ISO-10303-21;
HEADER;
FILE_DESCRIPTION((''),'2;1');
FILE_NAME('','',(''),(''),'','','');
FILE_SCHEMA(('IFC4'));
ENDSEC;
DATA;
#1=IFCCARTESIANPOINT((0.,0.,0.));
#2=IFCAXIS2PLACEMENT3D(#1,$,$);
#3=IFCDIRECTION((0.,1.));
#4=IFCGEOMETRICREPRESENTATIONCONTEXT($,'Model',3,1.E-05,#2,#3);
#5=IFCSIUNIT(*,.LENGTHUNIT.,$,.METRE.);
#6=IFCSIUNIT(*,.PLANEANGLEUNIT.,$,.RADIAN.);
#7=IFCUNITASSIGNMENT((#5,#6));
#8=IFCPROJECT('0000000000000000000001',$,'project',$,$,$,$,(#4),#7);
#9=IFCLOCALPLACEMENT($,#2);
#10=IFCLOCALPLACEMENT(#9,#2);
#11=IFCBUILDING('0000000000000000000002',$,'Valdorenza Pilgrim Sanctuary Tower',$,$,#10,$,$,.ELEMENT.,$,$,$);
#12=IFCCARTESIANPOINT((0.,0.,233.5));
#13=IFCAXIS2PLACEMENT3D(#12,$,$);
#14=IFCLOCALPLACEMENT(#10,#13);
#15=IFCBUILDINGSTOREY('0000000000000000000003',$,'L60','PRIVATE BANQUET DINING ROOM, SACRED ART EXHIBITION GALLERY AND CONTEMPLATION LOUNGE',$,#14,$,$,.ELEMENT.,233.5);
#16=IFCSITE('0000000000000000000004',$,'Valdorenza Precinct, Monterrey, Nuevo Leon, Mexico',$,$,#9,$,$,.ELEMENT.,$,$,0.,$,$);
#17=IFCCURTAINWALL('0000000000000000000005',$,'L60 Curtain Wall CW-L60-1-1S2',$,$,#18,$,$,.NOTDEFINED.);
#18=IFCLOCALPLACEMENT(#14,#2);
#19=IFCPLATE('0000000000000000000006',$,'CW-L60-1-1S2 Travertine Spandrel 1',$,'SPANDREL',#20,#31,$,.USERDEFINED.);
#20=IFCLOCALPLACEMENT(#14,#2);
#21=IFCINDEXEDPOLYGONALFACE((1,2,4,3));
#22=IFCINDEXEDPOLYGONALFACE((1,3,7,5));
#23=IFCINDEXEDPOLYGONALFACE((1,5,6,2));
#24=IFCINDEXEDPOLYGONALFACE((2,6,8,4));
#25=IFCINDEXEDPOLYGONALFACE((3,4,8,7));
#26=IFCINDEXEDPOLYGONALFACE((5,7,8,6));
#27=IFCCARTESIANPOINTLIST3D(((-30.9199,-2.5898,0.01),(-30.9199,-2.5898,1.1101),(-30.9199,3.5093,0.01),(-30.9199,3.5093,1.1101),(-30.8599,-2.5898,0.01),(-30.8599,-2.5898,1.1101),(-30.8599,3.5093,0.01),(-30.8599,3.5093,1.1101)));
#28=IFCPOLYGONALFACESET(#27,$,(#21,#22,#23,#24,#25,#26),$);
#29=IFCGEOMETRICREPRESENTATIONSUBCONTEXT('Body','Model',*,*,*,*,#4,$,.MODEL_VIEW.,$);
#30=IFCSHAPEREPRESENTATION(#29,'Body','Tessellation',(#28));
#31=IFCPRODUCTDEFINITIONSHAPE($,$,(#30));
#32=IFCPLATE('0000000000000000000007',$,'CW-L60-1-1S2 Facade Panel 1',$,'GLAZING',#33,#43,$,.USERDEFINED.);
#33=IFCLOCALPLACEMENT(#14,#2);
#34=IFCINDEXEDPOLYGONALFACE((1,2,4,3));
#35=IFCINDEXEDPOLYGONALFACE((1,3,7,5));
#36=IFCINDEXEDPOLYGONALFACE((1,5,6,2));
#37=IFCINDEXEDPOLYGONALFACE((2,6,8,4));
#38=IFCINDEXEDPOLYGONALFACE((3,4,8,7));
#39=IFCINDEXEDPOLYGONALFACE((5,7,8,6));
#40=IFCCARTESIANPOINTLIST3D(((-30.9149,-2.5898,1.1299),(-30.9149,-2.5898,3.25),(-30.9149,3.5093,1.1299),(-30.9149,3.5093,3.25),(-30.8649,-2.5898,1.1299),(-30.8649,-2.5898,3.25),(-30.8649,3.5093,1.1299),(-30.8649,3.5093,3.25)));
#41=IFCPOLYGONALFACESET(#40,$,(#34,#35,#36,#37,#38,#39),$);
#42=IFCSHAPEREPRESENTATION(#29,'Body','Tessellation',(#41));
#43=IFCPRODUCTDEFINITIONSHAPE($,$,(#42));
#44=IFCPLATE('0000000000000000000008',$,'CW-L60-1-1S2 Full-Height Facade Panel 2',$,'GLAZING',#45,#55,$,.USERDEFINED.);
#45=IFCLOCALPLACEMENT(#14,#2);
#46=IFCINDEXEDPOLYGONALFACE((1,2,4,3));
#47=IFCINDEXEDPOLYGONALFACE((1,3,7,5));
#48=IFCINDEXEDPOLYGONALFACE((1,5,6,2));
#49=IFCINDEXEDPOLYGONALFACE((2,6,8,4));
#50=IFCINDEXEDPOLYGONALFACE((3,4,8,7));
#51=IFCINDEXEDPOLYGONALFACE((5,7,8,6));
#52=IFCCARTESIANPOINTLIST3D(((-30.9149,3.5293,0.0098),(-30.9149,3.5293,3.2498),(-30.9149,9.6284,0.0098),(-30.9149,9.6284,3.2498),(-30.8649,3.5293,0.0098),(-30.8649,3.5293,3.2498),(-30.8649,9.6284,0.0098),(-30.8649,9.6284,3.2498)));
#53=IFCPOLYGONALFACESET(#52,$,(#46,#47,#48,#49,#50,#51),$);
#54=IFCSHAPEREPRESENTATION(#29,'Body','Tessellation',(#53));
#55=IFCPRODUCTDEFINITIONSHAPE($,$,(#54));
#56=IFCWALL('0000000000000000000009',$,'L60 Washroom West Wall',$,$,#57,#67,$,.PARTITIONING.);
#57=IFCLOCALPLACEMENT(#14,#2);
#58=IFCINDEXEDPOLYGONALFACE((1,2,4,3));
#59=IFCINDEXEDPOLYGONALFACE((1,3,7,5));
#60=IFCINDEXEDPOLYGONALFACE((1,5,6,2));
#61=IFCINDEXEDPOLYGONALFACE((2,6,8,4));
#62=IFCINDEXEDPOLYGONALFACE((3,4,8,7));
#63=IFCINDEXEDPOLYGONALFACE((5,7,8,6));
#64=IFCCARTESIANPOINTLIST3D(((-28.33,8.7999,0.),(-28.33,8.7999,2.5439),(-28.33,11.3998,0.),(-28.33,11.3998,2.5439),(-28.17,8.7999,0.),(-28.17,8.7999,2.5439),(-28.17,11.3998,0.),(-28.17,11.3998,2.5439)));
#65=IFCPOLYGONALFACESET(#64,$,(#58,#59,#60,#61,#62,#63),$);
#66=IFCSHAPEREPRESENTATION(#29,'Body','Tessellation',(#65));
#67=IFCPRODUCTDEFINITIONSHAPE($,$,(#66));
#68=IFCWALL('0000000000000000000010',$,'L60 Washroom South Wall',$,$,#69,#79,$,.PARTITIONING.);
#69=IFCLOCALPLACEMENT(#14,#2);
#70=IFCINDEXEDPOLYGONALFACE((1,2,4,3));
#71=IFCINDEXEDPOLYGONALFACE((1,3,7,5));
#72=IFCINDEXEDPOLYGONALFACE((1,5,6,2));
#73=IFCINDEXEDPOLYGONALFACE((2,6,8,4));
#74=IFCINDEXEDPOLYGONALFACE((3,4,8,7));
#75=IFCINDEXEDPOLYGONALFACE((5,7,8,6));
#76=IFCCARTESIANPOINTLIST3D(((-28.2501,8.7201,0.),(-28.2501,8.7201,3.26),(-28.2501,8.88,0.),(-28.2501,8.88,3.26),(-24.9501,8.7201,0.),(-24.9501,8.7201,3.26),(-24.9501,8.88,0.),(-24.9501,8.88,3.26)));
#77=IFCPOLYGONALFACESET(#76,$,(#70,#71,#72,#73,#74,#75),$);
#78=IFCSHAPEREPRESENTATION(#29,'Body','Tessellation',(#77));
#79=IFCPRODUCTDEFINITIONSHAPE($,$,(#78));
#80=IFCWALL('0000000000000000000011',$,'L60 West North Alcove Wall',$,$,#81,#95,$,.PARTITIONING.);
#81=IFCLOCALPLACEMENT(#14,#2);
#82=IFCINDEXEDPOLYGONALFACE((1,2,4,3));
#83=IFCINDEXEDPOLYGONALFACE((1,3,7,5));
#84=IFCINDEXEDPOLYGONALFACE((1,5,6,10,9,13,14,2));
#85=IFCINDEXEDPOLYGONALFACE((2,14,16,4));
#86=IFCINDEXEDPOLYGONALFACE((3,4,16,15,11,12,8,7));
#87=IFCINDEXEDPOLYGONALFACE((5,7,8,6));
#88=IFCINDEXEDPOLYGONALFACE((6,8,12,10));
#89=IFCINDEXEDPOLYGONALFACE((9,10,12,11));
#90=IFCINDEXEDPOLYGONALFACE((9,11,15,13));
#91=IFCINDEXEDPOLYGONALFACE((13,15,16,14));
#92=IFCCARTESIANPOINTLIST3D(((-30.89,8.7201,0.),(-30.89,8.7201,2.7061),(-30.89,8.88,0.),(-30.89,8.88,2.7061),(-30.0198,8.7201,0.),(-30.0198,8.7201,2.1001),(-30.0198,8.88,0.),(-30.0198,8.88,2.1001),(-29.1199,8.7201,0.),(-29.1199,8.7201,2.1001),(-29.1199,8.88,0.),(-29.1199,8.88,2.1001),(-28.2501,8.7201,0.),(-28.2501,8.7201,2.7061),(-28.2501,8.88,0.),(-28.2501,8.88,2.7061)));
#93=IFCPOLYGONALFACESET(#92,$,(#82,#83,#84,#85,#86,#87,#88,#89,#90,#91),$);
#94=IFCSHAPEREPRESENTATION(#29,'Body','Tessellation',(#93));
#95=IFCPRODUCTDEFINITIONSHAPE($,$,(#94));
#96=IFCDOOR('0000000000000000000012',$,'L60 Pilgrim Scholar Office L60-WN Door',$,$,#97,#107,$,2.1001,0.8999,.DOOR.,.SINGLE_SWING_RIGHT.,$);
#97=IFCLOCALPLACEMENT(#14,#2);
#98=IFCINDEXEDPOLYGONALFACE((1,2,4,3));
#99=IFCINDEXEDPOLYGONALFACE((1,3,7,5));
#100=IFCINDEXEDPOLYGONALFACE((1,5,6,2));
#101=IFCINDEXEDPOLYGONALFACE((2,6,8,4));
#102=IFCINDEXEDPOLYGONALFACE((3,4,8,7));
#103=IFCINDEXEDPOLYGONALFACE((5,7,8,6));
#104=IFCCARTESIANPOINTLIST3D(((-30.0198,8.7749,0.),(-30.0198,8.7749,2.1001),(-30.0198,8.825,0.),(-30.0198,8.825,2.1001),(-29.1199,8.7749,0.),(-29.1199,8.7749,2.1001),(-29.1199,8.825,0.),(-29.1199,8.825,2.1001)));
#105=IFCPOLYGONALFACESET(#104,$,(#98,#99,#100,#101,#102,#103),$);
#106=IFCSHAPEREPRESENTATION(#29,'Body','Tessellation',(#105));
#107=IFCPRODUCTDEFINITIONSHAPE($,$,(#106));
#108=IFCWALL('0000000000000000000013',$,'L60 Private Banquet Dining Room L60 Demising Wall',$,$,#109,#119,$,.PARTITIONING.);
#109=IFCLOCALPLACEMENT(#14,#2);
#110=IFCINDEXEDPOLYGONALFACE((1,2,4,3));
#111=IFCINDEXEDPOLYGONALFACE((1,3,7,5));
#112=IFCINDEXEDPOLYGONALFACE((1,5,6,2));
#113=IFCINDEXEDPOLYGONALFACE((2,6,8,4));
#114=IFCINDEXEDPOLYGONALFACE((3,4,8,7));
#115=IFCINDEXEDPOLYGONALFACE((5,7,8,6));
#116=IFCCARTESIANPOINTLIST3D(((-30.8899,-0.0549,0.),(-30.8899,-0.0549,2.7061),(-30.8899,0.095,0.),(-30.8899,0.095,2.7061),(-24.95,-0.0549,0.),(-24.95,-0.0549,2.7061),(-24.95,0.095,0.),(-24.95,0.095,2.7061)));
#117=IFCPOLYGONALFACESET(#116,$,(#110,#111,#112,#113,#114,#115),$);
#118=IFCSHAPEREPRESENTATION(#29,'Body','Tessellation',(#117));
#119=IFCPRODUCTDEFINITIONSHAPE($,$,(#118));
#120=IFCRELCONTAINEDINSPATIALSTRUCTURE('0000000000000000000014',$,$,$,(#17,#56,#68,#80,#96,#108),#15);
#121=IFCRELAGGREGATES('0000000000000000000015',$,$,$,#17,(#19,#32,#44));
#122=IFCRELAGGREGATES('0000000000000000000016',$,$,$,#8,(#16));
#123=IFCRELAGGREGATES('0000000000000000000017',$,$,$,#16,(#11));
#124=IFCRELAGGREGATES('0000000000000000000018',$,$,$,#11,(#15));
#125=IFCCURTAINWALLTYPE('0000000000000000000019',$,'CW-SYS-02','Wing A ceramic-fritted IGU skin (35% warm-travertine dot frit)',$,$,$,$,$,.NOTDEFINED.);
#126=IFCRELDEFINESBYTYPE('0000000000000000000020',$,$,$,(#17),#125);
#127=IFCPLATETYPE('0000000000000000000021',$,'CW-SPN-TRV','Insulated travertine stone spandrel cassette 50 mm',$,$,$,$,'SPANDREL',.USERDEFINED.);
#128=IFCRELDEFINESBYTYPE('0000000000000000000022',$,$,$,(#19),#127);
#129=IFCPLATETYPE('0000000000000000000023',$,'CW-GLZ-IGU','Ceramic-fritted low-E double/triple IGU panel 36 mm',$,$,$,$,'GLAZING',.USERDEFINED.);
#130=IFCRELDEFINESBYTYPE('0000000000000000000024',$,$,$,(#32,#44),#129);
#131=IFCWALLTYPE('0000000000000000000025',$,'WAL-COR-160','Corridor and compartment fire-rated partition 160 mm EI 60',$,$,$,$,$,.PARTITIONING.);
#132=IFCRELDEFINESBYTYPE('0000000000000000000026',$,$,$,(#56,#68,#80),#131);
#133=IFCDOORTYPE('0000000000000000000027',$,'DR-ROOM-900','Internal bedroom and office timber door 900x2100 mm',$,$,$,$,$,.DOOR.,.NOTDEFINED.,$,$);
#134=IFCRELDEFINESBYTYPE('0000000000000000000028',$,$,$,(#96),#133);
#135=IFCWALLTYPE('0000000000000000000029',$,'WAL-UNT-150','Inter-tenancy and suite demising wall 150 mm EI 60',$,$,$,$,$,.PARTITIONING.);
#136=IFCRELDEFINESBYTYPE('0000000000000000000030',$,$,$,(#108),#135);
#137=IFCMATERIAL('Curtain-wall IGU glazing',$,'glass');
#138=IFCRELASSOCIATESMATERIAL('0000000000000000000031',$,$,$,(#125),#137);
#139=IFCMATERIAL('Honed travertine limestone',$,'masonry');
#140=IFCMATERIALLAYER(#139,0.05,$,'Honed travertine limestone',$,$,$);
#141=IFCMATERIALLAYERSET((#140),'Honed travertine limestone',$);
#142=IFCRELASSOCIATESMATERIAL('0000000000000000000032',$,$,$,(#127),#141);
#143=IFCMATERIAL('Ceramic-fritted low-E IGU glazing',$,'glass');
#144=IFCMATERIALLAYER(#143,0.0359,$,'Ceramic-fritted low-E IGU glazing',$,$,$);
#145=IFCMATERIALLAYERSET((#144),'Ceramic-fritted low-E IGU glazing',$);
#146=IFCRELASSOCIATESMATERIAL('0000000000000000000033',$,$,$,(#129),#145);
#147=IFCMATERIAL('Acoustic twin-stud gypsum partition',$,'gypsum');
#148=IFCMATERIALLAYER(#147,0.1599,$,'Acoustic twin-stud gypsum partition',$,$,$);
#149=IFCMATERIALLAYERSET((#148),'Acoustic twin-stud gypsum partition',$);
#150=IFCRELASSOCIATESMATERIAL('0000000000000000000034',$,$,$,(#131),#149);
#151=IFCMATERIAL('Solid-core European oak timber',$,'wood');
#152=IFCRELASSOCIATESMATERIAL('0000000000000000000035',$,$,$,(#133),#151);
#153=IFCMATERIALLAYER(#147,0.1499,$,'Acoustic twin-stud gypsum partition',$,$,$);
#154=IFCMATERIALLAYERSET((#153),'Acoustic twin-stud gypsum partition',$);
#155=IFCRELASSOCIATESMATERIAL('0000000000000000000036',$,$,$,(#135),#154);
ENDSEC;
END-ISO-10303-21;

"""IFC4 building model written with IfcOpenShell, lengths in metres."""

from ifc_helpers import new_model, si_unit, direction, frame, frame_2d, origin, origin_2d, place, context, subcontext, project, spatial, rectangle, extrude, source, transform, mapped, material, layer, layer_set, type_object, element, fill, aggregate, save


model = new_model("IFC4")

# Units and contexts
model_context = context("Model", 3, precision=1e-05, world=origin(), true_north=direction((0.0, 1.0)))
body_context = subcontext(model_context, "Body", "Model", "MODEL_VIEW")
ifc_project = project(units=[si_unit("LENGTHUNIT", "METRE"), si_unit("PLANEANGLEUNIT", "RADIAN")], contexts=[model_context])

# Site, building, storey
site_placement = place(None, origin())
site = spatial("IfcSite", under=ifc_project, at=site_placement, Name="Valdorenza Precinct, Monterrey, Nuevo Leon, Mexico", CompositionType="ELEMENT", RefElevation=0.0)
building_placement = place(site_placement, origin())
building = spatial("IfcBuilding", under=site, at=building_placement, Name="Valdorenza Pilgrim Sanctuary Tower", CompositionType="ELEMENT")
storey_placement = place(building_placement, frame((0.0, 0.0, 233.5)))
storey = spatial("IfcBuildingStorey", under=building, at=storey_placement, Name="L60", Description="PRIVATE BANQUET DINING ROOM, SACRED ART EXHIBITION GALLERY AND CONTEMPLATION LOUNGE", CompositionType="ELEMENT", Elevation=233.5)

# Curtain wall, plates
ifc_material_1 = material(Name="Curtain-wall IGU glazing", Category="glass")
curtain_wall_type = type_object("IfcCurtainWallType", Name="CW-SYS-02", Description="Wing A ceramic-fritted IGU skin (35% warm-travertine dot frit)", PredefinedType="NOTDEFINED", material=ifc_material_1)
curtain_wall_placement = place(storey_placement, origin())
curtain_wall = element("IfcCurtainWall", 1, at=curtain_wall_placement, inside=storey, type_object=curtain_wall_type, Name="L60 Curtain Wall CW-L60-1-1S2", PredefinedType="NOTDEFINED")
ifc_material_2 = material(Name="Honed travertine limestone", Category="masonry")
ifc_layer_1 = layer(ifc_material_2, 0.05, Name="Honed travertine limestone")
ifc_layer_set_1 = layer_set([ifc_layer_1], Name="Honed travertine limestone")
plate_type_1 = type_object("IfcPlateType", Name="CW-SPN-TRV", Description="Insulated travertine stone spandrel cassette 50 mm", ElementType="SPANDREL", PredefinedType="USERDEFINED", material=ifc_layer_set_1)
shared_shape_1 = source(origin(), body_context, "Body", "SweptSolid", [
    extrude(rectangle(XDim=6.0991, YDim=0.0601, at=origin_2d()), origin(), (0.0, 0.0, 1.0), 1.1001),
])
plate_1_placement = place(storey_placement, frame((-30.8899, 0.4597, 0.01), z_axis=(0.0, 0.0, 1.0), x_axis=(0.0, 1.0, 0.0)))
plate_1 = element("IfcPlate", 2, at=plate_1_placement, type_object=plate_type_1, Name="CW-L60-1-1S2 Travertine Spandrel 1", ObjectType="SPANDREL", PredefinedType="USERDEFINED", context=body_context, shape_type="MappedRepresentation", body=[
    mapped(shared_shape_1, transform((0.0, 0.0, 0.0), x_axis=(1.0, 0.0, 0.0), y_axis=(0.0, 1.0, 0.0), z_axis=(0.0, 0.0, 1.0), scale=1.0)),
])
ifc_material_3 = material(Name="Ceramic-fritted low-E IGU glazing", Category="glass")
ifc_layer_2 = layer(ifc_material_3, 0.0359, Name="Ceramic-fritted low-E IGU glazing")
ifc_layer_set_2 = layer_set([ifc_layer_2], Name="Ceramic-fritted low-E IGU glazing")
plate_type_2 = type_object("IfcPlateType", Name="CW-GLZ-IGU", Description="Ceramic-fritted low-E double/triple IGU panel 36 mm", ElementType="GLAZING", PredefinedType="USERDEFINED", material=ifc_layer_set_2)
shared_shape_2 = source(origin(), body_context, "Body", "SweptSolid", [
    extrude(rectangle(XDim=6.0991, YDim=0.05, at=origin_2d()), origin(), (0.0, 0.0, 1.0), 2.1201),
])
plate_2_placement = place(storey_placement, frame((-30.8899, 0.4597, 1.1299), z_axis=(0.0, 0.0, 1.0), x_axis=(0.0, 1.0, 0.0)))
plate_2 = element("IfcPlate", 3, at=plate_2_placement, type_object=plate_type_2, Name="CW-L60-1-1S2 Facade Panel 1", ObjectType="GLAZING", PredefinedType="USERDEFINED", context=body_context, shape_type="MappedRepresentation", body=[
    mapped(shared_shape_2, transform((0.0, 0.0, 0.0), x_axis=(1.0, 0.0, 0.0), y_axis=(0.0, 1.0, 0.0), z_axis=(0.0, 0.0, 1.0), scale=1.0)),
])
shared_shape_3 = source(origin(), body_context, "Body", "SweptSolid", [
    extrude(rectangle(XDim=6.0991, YDim=0.05, at=origin_2d()), origin(), (0.0, 0.0, 1.0), 3.24),
])
plate_3_placement = place(storey_placement, frame((-30.8899, 6.5789, 0.0098), z_axis=(0.0, 0.0, 1.0), x_axis=(0.0, 1.0, 0.0)))
plate_3 = element("IfcPlate", 4, at=plate_3_placement, type_object=plate_type_2, Name="CW-L60-1-1S2 Full-Height Facade Panel 2", ObjectType="GLAZING", PredefinedType="USERDEFINED", context=body_context, shape_type="MappedRepresentation", body=[
    mapped(shared_shape_3, transform((0.0, 0.0, 0.0), x_axis=(1.0, 0.0, 0.0), y_axis=(0.0, 1.0, 0.0), z_axis=(0.0, 0.0, 1.0), scale=1.0)),
])
aggregate(curtain_wall, [plate_1, plate_2, plate_3])

# Walls
ifc_material_4 = material(Name="Acoustic twin-stud gypsum partition", Category="gypsum")
ifc_layer_3 = layer(ifc_material_4, 0.1599, Name="Acoustic twin-stud gypsum partition")
ifc_layer_set_3 = layer_set([ifc_layer_3], Name="Acoustic twin-stud gypsum partition")
wall_type_1 = type_object("IfcWallType", Name="WAL-COR-160", Description="Corridor and compartment fire-rated partition 160 mm EI 60", PredefinedType="PARTITIONING", material=ifc_layer_set_3)
wall_1_placement = place(storey_placement, frame((-28.25, 8.8, 0.0), z_axis=(0.0, 0.0, 1.0), x_axis=(0.0, 1.0, 0.0)))
element("IfcWall", 5, at=wall_1_placement, inside=storey, type_object=wall_type_1, Name="L60 Washroom West Wall", PredefinedType="PARTITIONING", context=body_context, shape_type="SweptSolid", body=[
    extrude(rectangle(XDim=2.5999, YDim=0.1599, at=frame_2d((1.2998, 0.0))), origin(), (0.0, 0.0, 1.0), 2.5439),
])
wall_2_placement = place(storey_placement, frame((-28.25, 8.8, 0.0), z_axis=(0.0, 0.0, 1.0), x_axis=(1.0, 0.0, 0.0)))
element("IfcWall", 6, at=wall_2_placement, inside=storey, type_object=wall_type_1, Name="L60 Washroom South Wall", PredefinedType="PARTITIONING", context=body_context, shape_type="SweptSolid", body=[
    extrude(rectangle(XDim=3.3, YDim=0.1599, at=frame_2d((1.6499, 0.0))), origin(), (0.0, 0.0, 1.0), 3.26),
])

# Wall, opening, door
wall_3_placement = place(storey_placement, frame((-30.8899, 8.8, 0.0), z_axis=(0.0, 0.0, 1.0), x_axis=(1.0, 0.0, 0.0)))
wall_3 = element("IfcWall", 7, at=wall_3_placement, inside=storey, type_object=wall_type_1, Name="L60 West North Alcove Wall", PredefinedType="PARTITIONING", context=body_context, shape_type="SweptSolid", body=[
    extrude(rectangle(XDim=2.6399, YDim=0.1599, at=frame_2d((1.3198, 0.0))), origin(), (0.0, 0.0, 1.0), 2.7061),
])
opening_placement = place(wall_3_placement, frame((0.8701, 0.0, 0.0)))
opening = element("IfcOpeningElement", 8, at=opening_placement, cuts=wall_3, PredefinedType="OPENING", context=body_context, shape_type="SweptSolid", body=[
    extrude(rectangle(XDim=0.8999, YDim=2.1001, at=frame_2d((0.45, 1.05))), frame((0.0, 0.0947, 0.0), z_axis=(0.0, -1.0, 0.0), x_axis=(1.0, 0.0, 0.0)), (0.0, 0.0, 1.0), 0.1897),
])
ifc_material_5 = material(Name="Solid-core European oak timber", Category="wood")
door_type = type_object("IfcDoorType", Name="DR-ROOM-900", Description="Internal bedroom and office timber door 900x2100 mm", OperationType="NOTDEFINED", PredefinedType="DOOR", material=ifc_material_5)
door_placement = place(opening_placement, origin())
door = element("IfcDoor", 9, at=door_placement, inside=storey, type_object=door_type, Name="L60 Pilgrim Scholar Office L60-WN Door", OperationType="SINGLE_SWING_RIGHT", OverallHeight=2.1001, OverallWidth=0.8999, PredefinedType="DOOR", context=body_context, shape_type="SweptSolid", body=[
    extrude(rectangle(XDim=0.8999, YDim=2.1001, at=frame_2d((0.45, 1.05))), frame((0.0, 0.0249, 0.0), z_axis=(0.0, -1.0, 0.0), x_axis=(1.0, 0.0, 0.0)), (0.0, 0.0, 1.0), 0.05),
])
fill(opening, door)

# Wall
ifc_layer_4 = layer(ifc_material_4, 0.1499, Name="Acoustic twin-stud gypsum partition")
ifc_layer_set_4 = layer_set([ifc_layer_4], Name="Acoustic twin-stud gypsum partition")
wall_type_2 = type_object("IfcWallType", Name="WAL-UNT-150", Description="Inter-tenancy and suite demising wall 150 mm EI 60", PredefinedType="PARTITIONING", material=ifc_layer_set_4)
wall_4_placement = place(storey_placement, frame((-30.8899, 0.02, 0.0), z_axis=(0.0, 0.0, 1.0), x_axis=(1.0, 0.0, 0.0)))
element("IfcWall", 10, at=wall_4_placement, inside=storey, type_object=wall_type_2, Name="L60 Private Banquet Dining Room L60 Demising Wall", PredefinedType="PARTITIONING", context=body_context, shape_type="SweptSolid", body=[
    extrude(rectangle(XDim=5.9399, YDim=0.1499, at=frame_2d((2.97, 0.0))), origin(), (0.0, 0.0, 1.0), 2.7061),
])

save(model, "model.ifc")
